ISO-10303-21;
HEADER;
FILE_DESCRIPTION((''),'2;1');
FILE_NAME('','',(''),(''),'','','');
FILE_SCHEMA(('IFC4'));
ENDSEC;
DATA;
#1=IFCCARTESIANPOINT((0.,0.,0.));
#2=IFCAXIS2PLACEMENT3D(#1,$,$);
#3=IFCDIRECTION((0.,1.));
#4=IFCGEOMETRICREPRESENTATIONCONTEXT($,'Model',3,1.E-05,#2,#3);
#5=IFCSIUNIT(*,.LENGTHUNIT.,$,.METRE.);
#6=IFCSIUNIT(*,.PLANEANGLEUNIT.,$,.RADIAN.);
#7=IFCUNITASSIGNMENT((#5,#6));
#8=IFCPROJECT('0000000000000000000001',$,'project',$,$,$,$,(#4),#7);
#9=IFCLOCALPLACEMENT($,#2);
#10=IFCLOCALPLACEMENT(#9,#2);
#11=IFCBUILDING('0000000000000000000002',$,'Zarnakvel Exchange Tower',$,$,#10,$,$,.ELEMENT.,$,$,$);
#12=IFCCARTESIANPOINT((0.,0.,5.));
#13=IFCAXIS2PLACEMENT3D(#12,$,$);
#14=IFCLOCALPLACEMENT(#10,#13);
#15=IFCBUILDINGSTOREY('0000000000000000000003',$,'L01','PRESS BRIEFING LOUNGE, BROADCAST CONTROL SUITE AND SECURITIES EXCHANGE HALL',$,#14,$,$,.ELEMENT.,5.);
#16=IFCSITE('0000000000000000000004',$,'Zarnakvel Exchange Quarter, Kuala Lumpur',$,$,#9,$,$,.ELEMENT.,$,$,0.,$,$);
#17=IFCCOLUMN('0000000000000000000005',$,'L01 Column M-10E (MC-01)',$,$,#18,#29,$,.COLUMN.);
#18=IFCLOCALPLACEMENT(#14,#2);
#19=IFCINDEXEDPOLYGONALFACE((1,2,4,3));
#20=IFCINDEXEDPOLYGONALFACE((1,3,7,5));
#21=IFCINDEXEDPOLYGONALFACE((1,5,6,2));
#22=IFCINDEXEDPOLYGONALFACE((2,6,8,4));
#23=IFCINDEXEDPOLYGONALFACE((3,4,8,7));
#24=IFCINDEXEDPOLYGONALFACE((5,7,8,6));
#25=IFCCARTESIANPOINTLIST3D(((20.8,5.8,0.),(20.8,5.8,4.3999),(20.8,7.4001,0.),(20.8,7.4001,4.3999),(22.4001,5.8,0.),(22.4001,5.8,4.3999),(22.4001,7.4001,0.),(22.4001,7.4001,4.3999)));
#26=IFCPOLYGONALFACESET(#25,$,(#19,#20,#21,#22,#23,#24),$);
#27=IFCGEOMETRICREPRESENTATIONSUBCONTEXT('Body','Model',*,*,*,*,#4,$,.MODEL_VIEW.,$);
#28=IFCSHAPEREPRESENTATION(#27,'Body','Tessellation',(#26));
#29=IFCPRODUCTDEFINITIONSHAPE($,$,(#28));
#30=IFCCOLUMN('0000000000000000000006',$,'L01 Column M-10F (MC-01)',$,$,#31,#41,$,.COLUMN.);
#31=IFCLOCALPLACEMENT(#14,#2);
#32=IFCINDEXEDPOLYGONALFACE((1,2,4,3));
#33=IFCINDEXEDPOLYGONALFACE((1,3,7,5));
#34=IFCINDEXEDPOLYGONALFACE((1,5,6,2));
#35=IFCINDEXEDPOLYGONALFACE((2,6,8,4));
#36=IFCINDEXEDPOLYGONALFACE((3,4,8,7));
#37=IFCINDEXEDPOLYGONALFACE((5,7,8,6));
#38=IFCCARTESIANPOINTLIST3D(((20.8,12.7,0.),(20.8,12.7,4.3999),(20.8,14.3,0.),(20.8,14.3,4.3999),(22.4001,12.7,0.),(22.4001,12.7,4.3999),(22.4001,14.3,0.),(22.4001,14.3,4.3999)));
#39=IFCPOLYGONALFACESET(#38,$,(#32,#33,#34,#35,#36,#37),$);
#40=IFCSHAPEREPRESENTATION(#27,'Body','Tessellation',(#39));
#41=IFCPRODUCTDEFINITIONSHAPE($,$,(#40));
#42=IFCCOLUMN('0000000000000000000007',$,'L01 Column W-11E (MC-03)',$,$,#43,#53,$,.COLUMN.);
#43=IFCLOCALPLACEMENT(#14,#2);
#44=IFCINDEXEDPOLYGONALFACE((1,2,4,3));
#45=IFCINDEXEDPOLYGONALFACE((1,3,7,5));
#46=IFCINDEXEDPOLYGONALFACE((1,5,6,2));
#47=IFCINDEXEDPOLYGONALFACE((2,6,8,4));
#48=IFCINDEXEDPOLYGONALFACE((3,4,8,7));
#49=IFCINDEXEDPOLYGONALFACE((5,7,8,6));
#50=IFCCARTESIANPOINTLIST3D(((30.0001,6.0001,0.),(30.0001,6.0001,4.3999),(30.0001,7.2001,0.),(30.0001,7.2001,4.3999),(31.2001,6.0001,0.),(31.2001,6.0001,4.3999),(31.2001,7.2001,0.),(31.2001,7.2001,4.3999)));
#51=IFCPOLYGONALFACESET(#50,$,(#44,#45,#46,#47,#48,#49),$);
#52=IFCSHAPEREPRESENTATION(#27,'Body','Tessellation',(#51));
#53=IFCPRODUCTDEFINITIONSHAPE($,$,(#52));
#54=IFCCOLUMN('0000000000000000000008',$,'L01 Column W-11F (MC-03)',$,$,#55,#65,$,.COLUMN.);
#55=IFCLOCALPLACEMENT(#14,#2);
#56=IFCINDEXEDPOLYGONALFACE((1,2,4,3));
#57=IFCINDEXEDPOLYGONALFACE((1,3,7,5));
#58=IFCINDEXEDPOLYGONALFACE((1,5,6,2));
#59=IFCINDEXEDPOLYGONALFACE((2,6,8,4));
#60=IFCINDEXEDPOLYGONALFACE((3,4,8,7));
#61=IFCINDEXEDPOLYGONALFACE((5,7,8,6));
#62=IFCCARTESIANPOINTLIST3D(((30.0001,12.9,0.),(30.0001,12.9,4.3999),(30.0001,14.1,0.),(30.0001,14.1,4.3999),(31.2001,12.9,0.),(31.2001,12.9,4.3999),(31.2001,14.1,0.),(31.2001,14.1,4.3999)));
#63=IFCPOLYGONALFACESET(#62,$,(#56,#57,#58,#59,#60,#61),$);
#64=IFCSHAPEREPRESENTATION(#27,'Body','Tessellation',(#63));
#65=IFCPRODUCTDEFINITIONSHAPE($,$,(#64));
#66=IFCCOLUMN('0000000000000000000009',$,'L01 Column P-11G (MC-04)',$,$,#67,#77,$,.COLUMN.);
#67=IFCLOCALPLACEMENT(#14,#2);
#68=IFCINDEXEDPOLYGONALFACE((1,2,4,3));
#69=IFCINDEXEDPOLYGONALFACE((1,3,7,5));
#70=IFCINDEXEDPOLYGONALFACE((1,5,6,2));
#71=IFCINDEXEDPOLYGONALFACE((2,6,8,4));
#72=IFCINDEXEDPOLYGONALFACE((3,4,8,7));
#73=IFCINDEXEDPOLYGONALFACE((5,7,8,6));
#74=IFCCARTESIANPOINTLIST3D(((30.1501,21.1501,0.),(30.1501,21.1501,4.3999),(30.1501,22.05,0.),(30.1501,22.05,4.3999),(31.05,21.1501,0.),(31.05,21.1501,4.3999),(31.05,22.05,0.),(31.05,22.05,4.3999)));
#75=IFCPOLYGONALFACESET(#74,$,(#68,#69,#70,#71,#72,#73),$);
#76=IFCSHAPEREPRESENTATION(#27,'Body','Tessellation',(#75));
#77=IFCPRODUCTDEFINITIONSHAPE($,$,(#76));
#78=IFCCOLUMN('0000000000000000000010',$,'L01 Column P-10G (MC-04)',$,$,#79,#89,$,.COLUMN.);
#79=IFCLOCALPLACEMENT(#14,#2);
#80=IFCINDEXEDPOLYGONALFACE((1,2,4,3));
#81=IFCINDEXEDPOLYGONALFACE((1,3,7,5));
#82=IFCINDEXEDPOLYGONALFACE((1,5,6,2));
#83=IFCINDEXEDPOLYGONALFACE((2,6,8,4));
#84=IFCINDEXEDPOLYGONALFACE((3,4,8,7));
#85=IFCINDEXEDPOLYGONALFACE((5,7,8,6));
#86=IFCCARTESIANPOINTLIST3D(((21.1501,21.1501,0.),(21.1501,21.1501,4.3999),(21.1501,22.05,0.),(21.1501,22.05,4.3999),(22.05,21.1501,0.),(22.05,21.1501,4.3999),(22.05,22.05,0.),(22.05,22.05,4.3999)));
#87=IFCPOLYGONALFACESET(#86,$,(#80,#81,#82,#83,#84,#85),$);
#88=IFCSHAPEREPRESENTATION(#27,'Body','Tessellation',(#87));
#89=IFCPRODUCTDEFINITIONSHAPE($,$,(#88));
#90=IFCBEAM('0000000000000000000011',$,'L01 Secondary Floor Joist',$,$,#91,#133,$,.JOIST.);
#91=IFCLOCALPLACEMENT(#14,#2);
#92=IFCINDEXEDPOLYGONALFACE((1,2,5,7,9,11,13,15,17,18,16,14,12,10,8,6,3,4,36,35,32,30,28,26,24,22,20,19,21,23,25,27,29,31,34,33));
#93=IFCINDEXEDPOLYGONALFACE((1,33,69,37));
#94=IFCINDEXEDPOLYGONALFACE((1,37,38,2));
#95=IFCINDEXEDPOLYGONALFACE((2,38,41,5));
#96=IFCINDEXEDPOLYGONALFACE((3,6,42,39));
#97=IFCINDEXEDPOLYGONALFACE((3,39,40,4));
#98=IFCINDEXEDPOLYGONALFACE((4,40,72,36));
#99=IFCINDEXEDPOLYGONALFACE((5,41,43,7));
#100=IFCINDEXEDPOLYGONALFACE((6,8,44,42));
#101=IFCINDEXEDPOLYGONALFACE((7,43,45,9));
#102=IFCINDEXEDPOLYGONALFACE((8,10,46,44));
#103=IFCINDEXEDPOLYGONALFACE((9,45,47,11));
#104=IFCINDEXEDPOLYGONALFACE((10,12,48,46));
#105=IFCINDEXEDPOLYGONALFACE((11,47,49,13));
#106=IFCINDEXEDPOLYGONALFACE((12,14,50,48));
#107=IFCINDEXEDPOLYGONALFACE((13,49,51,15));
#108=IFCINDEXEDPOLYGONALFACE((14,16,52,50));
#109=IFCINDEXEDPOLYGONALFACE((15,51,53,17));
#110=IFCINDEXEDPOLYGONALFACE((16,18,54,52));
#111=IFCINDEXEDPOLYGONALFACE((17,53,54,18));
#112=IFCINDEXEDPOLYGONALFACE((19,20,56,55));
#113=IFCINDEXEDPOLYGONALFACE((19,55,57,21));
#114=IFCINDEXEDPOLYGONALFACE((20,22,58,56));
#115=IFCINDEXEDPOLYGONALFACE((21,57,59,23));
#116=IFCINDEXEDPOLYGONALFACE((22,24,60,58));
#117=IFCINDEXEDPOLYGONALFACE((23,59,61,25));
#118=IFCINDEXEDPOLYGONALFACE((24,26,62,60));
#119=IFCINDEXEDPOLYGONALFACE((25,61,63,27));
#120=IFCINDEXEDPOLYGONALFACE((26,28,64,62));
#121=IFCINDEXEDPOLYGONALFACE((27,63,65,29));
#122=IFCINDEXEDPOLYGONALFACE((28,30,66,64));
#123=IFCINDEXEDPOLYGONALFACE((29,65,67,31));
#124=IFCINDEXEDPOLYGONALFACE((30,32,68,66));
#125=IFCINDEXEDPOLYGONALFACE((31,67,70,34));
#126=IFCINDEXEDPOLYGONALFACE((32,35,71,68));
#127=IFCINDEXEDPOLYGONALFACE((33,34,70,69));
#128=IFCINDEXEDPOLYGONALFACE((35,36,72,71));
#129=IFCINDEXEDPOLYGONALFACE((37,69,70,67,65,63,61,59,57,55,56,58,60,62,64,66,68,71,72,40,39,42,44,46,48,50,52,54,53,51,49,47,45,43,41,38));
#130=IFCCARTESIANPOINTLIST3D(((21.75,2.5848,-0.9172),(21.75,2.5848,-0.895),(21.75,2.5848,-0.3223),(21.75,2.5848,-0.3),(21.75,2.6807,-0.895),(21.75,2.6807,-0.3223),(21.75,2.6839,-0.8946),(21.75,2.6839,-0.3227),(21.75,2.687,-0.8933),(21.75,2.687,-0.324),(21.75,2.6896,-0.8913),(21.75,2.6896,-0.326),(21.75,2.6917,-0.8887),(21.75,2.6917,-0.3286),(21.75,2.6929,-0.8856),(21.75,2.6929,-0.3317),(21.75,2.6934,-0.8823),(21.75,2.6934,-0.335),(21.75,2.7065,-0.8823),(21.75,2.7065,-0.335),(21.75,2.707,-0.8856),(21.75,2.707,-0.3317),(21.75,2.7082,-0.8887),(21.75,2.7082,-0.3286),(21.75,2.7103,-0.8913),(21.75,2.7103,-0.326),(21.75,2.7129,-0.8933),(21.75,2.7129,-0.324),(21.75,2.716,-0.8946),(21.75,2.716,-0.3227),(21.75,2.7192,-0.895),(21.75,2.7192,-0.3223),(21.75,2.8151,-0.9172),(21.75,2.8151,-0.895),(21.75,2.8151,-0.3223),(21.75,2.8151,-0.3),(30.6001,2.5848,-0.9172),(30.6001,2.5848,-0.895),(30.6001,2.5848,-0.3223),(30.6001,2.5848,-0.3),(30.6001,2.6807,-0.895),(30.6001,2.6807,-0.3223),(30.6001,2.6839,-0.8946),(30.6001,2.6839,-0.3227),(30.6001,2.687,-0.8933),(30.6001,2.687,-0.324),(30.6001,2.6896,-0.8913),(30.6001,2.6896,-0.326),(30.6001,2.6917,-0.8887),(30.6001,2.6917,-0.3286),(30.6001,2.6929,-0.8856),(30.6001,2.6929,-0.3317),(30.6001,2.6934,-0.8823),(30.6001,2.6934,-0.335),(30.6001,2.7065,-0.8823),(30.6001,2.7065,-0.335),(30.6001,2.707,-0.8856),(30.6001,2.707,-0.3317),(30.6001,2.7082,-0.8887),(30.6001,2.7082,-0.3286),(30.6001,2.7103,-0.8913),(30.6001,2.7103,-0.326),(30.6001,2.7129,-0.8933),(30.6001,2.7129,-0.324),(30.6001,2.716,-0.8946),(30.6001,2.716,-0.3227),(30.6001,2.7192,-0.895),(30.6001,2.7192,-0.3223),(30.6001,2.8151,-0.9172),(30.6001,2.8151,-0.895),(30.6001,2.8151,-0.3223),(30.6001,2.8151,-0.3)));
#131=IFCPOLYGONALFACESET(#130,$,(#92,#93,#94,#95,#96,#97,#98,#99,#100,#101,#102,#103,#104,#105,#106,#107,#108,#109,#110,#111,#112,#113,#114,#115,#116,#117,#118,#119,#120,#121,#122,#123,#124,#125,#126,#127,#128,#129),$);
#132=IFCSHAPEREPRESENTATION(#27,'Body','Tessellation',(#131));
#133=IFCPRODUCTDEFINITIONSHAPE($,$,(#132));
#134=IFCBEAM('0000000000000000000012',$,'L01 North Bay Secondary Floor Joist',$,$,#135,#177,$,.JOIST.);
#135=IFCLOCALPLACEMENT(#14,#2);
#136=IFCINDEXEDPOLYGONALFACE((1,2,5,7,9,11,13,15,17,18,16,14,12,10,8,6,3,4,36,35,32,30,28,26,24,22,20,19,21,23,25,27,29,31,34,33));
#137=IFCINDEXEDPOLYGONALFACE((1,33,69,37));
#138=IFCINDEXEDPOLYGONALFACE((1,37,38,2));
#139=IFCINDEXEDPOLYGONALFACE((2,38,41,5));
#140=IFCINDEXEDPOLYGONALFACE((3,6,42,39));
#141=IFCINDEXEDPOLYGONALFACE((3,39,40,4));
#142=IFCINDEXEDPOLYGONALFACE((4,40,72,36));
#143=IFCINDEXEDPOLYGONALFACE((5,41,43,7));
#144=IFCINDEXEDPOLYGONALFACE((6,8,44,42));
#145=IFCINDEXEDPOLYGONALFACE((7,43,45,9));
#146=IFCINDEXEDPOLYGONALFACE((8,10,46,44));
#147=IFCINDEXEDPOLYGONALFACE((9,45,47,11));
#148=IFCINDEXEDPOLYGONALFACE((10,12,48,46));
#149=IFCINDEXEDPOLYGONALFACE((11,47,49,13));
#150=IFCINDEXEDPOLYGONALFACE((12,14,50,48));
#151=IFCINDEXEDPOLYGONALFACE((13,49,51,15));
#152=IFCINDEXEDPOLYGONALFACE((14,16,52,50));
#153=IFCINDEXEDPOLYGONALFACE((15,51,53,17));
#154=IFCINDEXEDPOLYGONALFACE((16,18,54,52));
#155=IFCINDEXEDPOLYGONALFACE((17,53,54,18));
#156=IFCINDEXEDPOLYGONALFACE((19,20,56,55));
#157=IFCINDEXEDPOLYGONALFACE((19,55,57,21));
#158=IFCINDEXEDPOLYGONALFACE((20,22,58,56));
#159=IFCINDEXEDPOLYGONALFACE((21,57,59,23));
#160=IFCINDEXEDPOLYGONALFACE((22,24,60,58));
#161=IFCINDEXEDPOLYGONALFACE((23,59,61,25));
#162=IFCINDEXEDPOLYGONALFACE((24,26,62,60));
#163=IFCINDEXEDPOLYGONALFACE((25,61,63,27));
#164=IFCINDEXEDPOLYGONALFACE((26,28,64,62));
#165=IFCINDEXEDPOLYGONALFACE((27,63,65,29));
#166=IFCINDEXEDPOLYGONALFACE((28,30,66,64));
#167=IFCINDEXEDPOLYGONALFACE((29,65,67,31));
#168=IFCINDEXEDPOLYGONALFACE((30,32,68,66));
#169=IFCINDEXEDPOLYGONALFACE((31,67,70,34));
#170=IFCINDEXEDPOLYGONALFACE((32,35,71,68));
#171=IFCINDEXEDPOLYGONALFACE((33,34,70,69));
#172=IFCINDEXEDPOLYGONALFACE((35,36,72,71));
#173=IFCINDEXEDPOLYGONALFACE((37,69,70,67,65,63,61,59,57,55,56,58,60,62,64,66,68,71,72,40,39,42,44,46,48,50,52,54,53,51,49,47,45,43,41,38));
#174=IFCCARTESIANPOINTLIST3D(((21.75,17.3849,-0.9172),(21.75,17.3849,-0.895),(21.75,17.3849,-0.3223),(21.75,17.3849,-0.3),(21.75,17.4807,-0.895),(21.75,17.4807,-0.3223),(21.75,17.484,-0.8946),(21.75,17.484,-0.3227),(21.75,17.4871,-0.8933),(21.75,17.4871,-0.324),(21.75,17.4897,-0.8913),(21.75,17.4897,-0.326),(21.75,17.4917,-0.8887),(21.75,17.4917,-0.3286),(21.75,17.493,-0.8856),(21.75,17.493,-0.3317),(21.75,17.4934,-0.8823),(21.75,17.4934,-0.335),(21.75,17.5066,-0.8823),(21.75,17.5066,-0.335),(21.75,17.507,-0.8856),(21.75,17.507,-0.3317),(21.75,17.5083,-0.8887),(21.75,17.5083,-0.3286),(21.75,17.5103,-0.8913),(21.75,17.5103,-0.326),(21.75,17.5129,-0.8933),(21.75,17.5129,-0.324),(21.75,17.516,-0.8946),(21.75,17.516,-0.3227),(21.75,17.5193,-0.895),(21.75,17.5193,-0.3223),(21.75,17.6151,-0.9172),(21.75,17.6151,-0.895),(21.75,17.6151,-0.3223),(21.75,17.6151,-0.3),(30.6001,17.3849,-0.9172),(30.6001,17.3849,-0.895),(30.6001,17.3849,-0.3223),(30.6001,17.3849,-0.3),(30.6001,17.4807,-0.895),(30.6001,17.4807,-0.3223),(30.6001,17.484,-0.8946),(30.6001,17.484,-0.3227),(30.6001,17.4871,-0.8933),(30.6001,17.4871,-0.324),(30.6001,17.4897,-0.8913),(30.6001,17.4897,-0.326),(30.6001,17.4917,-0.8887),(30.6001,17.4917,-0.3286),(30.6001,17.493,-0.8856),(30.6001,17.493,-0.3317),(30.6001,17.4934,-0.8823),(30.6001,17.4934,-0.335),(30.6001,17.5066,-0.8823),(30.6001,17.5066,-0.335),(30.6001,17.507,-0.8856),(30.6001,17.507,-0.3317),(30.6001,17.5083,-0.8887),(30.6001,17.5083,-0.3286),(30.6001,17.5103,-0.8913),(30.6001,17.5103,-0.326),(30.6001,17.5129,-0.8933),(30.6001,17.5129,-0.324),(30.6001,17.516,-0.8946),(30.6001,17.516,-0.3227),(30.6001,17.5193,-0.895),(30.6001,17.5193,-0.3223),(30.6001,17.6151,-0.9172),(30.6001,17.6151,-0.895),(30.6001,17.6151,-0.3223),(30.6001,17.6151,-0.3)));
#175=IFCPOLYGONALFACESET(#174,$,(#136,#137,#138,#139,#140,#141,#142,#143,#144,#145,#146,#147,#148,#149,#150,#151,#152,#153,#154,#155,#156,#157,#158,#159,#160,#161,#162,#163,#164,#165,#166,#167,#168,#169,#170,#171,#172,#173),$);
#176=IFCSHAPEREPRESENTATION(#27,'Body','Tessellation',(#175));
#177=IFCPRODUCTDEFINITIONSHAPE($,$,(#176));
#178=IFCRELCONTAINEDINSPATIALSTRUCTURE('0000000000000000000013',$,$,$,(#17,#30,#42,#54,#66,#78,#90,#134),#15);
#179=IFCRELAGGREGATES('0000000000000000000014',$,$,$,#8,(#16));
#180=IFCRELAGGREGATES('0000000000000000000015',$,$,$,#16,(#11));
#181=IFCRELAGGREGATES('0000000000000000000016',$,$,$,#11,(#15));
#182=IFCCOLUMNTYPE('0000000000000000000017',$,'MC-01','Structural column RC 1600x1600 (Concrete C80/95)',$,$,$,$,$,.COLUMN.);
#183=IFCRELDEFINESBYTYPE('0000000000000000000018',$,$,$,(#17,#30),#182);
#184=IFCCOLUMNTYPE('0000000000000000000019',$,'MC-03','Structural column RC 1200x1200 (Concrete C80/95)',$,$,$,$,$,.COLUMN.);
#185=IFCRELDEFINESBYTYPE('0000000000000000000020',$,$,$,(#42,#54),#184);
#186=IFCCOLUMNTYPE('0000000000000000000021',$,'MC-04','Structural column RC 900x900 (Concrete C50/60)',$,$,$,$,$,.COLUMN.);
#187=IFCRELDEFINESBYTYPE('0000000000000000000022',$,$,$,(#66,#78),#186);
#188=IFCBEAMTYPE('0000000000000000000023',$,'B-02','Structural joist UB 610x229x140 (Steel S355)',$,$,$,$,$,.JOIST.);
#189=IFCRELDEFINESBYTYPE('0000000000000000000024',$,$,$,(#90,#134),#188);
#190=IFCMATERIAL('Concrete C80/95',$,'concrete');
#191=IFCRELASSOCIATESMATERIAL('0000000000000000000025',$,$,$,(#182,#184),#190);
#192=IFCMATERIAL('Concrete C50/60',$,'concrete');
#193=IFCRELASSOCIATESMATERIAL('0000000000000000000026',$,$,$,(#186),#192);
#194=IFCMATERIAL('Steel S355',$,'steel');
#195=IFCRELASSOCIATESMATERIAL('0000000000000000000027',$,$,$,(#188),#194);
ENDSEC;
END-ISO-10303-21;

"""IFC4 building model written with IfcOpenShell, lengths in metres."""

from ifc_helpers import new_model, si_unit, direction, frame, origin, origin_2d, place, context, subcontext, project, spatial, rectangle, i_section, extrude, material, material_profile, profile_set, type_object, element, save


model = new_model("IFC4")

# Units and contexts
model_context = context("Model", 3, precision=1e-05, world=origin(), true_north=direction((0.0, 1.0)))
body_context = subcontext(model_context, "Body", "Model", "MODEL_VIEW")
ifc_project = project(units=[si_unit("LENGTHUNIT", "METRE"), si_unit("PLANEANGLEUNIT", "RADIAN")], contexts=[model_context])

# Site, building, storey
site_placement = place(None, origin())
site = spatial("IfcSite", under=ifc_project, at=site_placement, Name="Zarnakvel Exchange Quarter, Kuala Lumpur", CompositionType="ELEMENT", RefElevation=0.0)
building_placement = place(site_placement, origin())
building = spatial("IfcBuilding", under=site, at=building_placement, Name="Zarnakvel Exchange Tower", CompositionType="ELEMENT")
storey_placement = place(building_placement, frame((0.0, 0.0, 5.0)))
storey = spatial("IfcBuildingStorey", under=building, at=storey_placement, Name="L01", Description="PRESS BRIEFING LOUNGE, BROADCAST CONTROL SUITE AND SECURITIES EXCHANGE HALL", CompositionType="ELEMENT", Elevation=5.0)

# Columns
ifc_material_1 = material(Name="Concrete C80/95", Category="concrete")
ifc_material_profile_1 = material_profile(ifc_material_1, rectangle(XDim=1.6001, YDim=1.6001, at=origin_2d()))
ifc_profile_set_1 = profile_set([ifc_material_profile_1], Name="Concrete C80/95")
column_type_1 = type_object("IfcColumnType", Name="MC-01", Description="Structural column RC 1600x1600 (Concrete C80/95)", PredefinedType="COLUMN", material=ifc_profile_set_1)
for number, where, z_axis, x_axis, name in (
    (1, (21.6001, 6.6001, 0.0), (0.0, 0.0, 1.0), (1.0, 0.0, 0.0), "L01 Column M-10E (MC-01)"),
    (2, (21.6001, 13.5, 0.0), (0.0, 0.0, 1.0), (1.0, 0.0, 0.0), "L01 Column M-10F (MC-01)"),
):
    element("IfcColumn", number, at=place(storey_placement, frame(where, z_axis=z_axis, x_axis=x_axis)), inside=storey, type_object=column_type_1, Name=name, PredefinedType="COLUMN", context=body_context, shape_type="SweptSolid", body=[
        extrude(rectangle(XDim=1.6001, YDim=1.6001, at=origin_2d()), origin(), (0.0, 0.0, 1.0), 4.3999),
    ])
ifc_material_profile_2 = material_profile(ifc_material_1, rectangle(XDim=1.2, YDim=1.2, at=origin_2d()))
ifc_profile_set_2 = profile_set([ifc_material_profile_2], Name="Concrete C80/95")
column_type_2 = type_object("IfcColumnType", Name="MC-03", Description="Structural column RC 1200x1200 (Concrete C80/95)", PredefinedType="COLUMN", material=ifc_profile_set_2)
for number, where, z_axis, x_axis, name in (
    (3, (30.6001, 6.6001, 0.0), (0.0, 0.0, 1.0), (1.0, 0.0, 0.0), "L01 Column W-11E (MC-03)"),
    (4, (30.6001, 13.5, 0.0), (0.0, 0.0, 1.0), (1.0, 0.0, 0.0), "L01 Column W-11F (MC-03)"),
):
    element("IfcColumn", number, at=place(storey_placement, frame(where, z_axis=z_axis, x_axis=x_axis)), inside=storey, type_object=column_type_2, Name=name, PredefinedType="COLUMN", context=body_context, shape_type="SweptSolid", body=[
        extrude(rectangle(XDim=1.2, YDim=1.2, at=origin_2d()), origin(), (0.0, 0.0, 1.0), 4.3999),
    ])
ifc_material_2 = material(Name="Concrete C50/60", Category="concrete")
ifc_material_profile_3 = material_profile(ifc_material_2, rectangle(XDim=0.8999, YDim=0.8999, at=origin_2d()))
ifc_profile_set_3 = profile_set([ifc_material_profile_3], Name="Concrete C50/60")
column_type_3 = type_object("IfcColumnType", Name="MC-04", Description="Structural column RC 900x900 (Concrete C50/60)", PredefinedType="COLUMN", material=ifc_profile_set_3)
for number, where, z_axis, x_axis, name in (
    (5, (30.6001, 21.6001, 0.0), (0.0, 0.0, 1.0), (1.0, 0.0, 0.0), "L01 Column P-11G (MC-04)"),
    (6, (21.6001, 21.6001, 0.0), (0.0, 0.0, 1.0), (1.0, 0.0, 0.0), "L01 Column P-10G (MC-04)"),
):
    element("IfcColumn", number, at=place(storey_placement, frame(where, z_axis=z_axis, x_axis=x_axis)), inside=storey, type_object=column_type_3, Name=name, PredefinedType="COLUMN", context=body_context, shape_type="SweptSolid", body=[
        extrude(rectangle(XDim=0.8999, YDim=0.8999, at=origin_2d()), origin(), (0.0, 0.0, 1.0), 4.3999),
    ])

# Beams
ifc_material_3 = material(Name="Steel S355", Category="steel")
ifc_material_profile_4 = material_profile(ifc_material_3, i_section(OverallWidth=0.2302, OverallDepth=0.6172, WebThickness=0.0132, FlangeThickness=0.0222, FilletRadius=0.0127, at=origin_2d()))
ifc_profile_set_4 = profile_set([ifc_material_profile_4], Name="Steel S355")
beam_type_1 = type_object("IfcBeamType", Name="B-02", Description="Structural joist UB 610x229x140 (Steel S355)", PredefinedType="JOIST", material=ifc_profile_set_4)
for number, where, z_axis, x_axis, name in (
    (7, (21.75, 2.7, -0.6086), (1.0, 0.0, 0.0), (0.0, 1.0, 0.0), "L01 Secondary Floor Joist"),
    (8, (21.75, 17.5, -0.6086), (1.0, 0.0, 0.0), (0.0, 1.0, 0.0), "L01 North Bay Secondary Floor Joist"),
):
    element("IfcBeam", number, at=place(storey_placement, frame(where, z_axis=z_axis, x_axis=x_axis)), inside=storey, type_object=beam_type_1, Name=name, PredefinedType="JOIST", context=body_context, shape_type="SweptSolid", body=[
        extrude(i_section(OverallWidth=0.2302, OverallDepth=0.6172, WebThickness=0.0132, FlangeThickness=0.0222, FilletRadius=0.0127, at=origin_2d()), origin(), (0.0, 0.0, 1.0), 8.8501),
    ])

save(model, "model.ifc")
